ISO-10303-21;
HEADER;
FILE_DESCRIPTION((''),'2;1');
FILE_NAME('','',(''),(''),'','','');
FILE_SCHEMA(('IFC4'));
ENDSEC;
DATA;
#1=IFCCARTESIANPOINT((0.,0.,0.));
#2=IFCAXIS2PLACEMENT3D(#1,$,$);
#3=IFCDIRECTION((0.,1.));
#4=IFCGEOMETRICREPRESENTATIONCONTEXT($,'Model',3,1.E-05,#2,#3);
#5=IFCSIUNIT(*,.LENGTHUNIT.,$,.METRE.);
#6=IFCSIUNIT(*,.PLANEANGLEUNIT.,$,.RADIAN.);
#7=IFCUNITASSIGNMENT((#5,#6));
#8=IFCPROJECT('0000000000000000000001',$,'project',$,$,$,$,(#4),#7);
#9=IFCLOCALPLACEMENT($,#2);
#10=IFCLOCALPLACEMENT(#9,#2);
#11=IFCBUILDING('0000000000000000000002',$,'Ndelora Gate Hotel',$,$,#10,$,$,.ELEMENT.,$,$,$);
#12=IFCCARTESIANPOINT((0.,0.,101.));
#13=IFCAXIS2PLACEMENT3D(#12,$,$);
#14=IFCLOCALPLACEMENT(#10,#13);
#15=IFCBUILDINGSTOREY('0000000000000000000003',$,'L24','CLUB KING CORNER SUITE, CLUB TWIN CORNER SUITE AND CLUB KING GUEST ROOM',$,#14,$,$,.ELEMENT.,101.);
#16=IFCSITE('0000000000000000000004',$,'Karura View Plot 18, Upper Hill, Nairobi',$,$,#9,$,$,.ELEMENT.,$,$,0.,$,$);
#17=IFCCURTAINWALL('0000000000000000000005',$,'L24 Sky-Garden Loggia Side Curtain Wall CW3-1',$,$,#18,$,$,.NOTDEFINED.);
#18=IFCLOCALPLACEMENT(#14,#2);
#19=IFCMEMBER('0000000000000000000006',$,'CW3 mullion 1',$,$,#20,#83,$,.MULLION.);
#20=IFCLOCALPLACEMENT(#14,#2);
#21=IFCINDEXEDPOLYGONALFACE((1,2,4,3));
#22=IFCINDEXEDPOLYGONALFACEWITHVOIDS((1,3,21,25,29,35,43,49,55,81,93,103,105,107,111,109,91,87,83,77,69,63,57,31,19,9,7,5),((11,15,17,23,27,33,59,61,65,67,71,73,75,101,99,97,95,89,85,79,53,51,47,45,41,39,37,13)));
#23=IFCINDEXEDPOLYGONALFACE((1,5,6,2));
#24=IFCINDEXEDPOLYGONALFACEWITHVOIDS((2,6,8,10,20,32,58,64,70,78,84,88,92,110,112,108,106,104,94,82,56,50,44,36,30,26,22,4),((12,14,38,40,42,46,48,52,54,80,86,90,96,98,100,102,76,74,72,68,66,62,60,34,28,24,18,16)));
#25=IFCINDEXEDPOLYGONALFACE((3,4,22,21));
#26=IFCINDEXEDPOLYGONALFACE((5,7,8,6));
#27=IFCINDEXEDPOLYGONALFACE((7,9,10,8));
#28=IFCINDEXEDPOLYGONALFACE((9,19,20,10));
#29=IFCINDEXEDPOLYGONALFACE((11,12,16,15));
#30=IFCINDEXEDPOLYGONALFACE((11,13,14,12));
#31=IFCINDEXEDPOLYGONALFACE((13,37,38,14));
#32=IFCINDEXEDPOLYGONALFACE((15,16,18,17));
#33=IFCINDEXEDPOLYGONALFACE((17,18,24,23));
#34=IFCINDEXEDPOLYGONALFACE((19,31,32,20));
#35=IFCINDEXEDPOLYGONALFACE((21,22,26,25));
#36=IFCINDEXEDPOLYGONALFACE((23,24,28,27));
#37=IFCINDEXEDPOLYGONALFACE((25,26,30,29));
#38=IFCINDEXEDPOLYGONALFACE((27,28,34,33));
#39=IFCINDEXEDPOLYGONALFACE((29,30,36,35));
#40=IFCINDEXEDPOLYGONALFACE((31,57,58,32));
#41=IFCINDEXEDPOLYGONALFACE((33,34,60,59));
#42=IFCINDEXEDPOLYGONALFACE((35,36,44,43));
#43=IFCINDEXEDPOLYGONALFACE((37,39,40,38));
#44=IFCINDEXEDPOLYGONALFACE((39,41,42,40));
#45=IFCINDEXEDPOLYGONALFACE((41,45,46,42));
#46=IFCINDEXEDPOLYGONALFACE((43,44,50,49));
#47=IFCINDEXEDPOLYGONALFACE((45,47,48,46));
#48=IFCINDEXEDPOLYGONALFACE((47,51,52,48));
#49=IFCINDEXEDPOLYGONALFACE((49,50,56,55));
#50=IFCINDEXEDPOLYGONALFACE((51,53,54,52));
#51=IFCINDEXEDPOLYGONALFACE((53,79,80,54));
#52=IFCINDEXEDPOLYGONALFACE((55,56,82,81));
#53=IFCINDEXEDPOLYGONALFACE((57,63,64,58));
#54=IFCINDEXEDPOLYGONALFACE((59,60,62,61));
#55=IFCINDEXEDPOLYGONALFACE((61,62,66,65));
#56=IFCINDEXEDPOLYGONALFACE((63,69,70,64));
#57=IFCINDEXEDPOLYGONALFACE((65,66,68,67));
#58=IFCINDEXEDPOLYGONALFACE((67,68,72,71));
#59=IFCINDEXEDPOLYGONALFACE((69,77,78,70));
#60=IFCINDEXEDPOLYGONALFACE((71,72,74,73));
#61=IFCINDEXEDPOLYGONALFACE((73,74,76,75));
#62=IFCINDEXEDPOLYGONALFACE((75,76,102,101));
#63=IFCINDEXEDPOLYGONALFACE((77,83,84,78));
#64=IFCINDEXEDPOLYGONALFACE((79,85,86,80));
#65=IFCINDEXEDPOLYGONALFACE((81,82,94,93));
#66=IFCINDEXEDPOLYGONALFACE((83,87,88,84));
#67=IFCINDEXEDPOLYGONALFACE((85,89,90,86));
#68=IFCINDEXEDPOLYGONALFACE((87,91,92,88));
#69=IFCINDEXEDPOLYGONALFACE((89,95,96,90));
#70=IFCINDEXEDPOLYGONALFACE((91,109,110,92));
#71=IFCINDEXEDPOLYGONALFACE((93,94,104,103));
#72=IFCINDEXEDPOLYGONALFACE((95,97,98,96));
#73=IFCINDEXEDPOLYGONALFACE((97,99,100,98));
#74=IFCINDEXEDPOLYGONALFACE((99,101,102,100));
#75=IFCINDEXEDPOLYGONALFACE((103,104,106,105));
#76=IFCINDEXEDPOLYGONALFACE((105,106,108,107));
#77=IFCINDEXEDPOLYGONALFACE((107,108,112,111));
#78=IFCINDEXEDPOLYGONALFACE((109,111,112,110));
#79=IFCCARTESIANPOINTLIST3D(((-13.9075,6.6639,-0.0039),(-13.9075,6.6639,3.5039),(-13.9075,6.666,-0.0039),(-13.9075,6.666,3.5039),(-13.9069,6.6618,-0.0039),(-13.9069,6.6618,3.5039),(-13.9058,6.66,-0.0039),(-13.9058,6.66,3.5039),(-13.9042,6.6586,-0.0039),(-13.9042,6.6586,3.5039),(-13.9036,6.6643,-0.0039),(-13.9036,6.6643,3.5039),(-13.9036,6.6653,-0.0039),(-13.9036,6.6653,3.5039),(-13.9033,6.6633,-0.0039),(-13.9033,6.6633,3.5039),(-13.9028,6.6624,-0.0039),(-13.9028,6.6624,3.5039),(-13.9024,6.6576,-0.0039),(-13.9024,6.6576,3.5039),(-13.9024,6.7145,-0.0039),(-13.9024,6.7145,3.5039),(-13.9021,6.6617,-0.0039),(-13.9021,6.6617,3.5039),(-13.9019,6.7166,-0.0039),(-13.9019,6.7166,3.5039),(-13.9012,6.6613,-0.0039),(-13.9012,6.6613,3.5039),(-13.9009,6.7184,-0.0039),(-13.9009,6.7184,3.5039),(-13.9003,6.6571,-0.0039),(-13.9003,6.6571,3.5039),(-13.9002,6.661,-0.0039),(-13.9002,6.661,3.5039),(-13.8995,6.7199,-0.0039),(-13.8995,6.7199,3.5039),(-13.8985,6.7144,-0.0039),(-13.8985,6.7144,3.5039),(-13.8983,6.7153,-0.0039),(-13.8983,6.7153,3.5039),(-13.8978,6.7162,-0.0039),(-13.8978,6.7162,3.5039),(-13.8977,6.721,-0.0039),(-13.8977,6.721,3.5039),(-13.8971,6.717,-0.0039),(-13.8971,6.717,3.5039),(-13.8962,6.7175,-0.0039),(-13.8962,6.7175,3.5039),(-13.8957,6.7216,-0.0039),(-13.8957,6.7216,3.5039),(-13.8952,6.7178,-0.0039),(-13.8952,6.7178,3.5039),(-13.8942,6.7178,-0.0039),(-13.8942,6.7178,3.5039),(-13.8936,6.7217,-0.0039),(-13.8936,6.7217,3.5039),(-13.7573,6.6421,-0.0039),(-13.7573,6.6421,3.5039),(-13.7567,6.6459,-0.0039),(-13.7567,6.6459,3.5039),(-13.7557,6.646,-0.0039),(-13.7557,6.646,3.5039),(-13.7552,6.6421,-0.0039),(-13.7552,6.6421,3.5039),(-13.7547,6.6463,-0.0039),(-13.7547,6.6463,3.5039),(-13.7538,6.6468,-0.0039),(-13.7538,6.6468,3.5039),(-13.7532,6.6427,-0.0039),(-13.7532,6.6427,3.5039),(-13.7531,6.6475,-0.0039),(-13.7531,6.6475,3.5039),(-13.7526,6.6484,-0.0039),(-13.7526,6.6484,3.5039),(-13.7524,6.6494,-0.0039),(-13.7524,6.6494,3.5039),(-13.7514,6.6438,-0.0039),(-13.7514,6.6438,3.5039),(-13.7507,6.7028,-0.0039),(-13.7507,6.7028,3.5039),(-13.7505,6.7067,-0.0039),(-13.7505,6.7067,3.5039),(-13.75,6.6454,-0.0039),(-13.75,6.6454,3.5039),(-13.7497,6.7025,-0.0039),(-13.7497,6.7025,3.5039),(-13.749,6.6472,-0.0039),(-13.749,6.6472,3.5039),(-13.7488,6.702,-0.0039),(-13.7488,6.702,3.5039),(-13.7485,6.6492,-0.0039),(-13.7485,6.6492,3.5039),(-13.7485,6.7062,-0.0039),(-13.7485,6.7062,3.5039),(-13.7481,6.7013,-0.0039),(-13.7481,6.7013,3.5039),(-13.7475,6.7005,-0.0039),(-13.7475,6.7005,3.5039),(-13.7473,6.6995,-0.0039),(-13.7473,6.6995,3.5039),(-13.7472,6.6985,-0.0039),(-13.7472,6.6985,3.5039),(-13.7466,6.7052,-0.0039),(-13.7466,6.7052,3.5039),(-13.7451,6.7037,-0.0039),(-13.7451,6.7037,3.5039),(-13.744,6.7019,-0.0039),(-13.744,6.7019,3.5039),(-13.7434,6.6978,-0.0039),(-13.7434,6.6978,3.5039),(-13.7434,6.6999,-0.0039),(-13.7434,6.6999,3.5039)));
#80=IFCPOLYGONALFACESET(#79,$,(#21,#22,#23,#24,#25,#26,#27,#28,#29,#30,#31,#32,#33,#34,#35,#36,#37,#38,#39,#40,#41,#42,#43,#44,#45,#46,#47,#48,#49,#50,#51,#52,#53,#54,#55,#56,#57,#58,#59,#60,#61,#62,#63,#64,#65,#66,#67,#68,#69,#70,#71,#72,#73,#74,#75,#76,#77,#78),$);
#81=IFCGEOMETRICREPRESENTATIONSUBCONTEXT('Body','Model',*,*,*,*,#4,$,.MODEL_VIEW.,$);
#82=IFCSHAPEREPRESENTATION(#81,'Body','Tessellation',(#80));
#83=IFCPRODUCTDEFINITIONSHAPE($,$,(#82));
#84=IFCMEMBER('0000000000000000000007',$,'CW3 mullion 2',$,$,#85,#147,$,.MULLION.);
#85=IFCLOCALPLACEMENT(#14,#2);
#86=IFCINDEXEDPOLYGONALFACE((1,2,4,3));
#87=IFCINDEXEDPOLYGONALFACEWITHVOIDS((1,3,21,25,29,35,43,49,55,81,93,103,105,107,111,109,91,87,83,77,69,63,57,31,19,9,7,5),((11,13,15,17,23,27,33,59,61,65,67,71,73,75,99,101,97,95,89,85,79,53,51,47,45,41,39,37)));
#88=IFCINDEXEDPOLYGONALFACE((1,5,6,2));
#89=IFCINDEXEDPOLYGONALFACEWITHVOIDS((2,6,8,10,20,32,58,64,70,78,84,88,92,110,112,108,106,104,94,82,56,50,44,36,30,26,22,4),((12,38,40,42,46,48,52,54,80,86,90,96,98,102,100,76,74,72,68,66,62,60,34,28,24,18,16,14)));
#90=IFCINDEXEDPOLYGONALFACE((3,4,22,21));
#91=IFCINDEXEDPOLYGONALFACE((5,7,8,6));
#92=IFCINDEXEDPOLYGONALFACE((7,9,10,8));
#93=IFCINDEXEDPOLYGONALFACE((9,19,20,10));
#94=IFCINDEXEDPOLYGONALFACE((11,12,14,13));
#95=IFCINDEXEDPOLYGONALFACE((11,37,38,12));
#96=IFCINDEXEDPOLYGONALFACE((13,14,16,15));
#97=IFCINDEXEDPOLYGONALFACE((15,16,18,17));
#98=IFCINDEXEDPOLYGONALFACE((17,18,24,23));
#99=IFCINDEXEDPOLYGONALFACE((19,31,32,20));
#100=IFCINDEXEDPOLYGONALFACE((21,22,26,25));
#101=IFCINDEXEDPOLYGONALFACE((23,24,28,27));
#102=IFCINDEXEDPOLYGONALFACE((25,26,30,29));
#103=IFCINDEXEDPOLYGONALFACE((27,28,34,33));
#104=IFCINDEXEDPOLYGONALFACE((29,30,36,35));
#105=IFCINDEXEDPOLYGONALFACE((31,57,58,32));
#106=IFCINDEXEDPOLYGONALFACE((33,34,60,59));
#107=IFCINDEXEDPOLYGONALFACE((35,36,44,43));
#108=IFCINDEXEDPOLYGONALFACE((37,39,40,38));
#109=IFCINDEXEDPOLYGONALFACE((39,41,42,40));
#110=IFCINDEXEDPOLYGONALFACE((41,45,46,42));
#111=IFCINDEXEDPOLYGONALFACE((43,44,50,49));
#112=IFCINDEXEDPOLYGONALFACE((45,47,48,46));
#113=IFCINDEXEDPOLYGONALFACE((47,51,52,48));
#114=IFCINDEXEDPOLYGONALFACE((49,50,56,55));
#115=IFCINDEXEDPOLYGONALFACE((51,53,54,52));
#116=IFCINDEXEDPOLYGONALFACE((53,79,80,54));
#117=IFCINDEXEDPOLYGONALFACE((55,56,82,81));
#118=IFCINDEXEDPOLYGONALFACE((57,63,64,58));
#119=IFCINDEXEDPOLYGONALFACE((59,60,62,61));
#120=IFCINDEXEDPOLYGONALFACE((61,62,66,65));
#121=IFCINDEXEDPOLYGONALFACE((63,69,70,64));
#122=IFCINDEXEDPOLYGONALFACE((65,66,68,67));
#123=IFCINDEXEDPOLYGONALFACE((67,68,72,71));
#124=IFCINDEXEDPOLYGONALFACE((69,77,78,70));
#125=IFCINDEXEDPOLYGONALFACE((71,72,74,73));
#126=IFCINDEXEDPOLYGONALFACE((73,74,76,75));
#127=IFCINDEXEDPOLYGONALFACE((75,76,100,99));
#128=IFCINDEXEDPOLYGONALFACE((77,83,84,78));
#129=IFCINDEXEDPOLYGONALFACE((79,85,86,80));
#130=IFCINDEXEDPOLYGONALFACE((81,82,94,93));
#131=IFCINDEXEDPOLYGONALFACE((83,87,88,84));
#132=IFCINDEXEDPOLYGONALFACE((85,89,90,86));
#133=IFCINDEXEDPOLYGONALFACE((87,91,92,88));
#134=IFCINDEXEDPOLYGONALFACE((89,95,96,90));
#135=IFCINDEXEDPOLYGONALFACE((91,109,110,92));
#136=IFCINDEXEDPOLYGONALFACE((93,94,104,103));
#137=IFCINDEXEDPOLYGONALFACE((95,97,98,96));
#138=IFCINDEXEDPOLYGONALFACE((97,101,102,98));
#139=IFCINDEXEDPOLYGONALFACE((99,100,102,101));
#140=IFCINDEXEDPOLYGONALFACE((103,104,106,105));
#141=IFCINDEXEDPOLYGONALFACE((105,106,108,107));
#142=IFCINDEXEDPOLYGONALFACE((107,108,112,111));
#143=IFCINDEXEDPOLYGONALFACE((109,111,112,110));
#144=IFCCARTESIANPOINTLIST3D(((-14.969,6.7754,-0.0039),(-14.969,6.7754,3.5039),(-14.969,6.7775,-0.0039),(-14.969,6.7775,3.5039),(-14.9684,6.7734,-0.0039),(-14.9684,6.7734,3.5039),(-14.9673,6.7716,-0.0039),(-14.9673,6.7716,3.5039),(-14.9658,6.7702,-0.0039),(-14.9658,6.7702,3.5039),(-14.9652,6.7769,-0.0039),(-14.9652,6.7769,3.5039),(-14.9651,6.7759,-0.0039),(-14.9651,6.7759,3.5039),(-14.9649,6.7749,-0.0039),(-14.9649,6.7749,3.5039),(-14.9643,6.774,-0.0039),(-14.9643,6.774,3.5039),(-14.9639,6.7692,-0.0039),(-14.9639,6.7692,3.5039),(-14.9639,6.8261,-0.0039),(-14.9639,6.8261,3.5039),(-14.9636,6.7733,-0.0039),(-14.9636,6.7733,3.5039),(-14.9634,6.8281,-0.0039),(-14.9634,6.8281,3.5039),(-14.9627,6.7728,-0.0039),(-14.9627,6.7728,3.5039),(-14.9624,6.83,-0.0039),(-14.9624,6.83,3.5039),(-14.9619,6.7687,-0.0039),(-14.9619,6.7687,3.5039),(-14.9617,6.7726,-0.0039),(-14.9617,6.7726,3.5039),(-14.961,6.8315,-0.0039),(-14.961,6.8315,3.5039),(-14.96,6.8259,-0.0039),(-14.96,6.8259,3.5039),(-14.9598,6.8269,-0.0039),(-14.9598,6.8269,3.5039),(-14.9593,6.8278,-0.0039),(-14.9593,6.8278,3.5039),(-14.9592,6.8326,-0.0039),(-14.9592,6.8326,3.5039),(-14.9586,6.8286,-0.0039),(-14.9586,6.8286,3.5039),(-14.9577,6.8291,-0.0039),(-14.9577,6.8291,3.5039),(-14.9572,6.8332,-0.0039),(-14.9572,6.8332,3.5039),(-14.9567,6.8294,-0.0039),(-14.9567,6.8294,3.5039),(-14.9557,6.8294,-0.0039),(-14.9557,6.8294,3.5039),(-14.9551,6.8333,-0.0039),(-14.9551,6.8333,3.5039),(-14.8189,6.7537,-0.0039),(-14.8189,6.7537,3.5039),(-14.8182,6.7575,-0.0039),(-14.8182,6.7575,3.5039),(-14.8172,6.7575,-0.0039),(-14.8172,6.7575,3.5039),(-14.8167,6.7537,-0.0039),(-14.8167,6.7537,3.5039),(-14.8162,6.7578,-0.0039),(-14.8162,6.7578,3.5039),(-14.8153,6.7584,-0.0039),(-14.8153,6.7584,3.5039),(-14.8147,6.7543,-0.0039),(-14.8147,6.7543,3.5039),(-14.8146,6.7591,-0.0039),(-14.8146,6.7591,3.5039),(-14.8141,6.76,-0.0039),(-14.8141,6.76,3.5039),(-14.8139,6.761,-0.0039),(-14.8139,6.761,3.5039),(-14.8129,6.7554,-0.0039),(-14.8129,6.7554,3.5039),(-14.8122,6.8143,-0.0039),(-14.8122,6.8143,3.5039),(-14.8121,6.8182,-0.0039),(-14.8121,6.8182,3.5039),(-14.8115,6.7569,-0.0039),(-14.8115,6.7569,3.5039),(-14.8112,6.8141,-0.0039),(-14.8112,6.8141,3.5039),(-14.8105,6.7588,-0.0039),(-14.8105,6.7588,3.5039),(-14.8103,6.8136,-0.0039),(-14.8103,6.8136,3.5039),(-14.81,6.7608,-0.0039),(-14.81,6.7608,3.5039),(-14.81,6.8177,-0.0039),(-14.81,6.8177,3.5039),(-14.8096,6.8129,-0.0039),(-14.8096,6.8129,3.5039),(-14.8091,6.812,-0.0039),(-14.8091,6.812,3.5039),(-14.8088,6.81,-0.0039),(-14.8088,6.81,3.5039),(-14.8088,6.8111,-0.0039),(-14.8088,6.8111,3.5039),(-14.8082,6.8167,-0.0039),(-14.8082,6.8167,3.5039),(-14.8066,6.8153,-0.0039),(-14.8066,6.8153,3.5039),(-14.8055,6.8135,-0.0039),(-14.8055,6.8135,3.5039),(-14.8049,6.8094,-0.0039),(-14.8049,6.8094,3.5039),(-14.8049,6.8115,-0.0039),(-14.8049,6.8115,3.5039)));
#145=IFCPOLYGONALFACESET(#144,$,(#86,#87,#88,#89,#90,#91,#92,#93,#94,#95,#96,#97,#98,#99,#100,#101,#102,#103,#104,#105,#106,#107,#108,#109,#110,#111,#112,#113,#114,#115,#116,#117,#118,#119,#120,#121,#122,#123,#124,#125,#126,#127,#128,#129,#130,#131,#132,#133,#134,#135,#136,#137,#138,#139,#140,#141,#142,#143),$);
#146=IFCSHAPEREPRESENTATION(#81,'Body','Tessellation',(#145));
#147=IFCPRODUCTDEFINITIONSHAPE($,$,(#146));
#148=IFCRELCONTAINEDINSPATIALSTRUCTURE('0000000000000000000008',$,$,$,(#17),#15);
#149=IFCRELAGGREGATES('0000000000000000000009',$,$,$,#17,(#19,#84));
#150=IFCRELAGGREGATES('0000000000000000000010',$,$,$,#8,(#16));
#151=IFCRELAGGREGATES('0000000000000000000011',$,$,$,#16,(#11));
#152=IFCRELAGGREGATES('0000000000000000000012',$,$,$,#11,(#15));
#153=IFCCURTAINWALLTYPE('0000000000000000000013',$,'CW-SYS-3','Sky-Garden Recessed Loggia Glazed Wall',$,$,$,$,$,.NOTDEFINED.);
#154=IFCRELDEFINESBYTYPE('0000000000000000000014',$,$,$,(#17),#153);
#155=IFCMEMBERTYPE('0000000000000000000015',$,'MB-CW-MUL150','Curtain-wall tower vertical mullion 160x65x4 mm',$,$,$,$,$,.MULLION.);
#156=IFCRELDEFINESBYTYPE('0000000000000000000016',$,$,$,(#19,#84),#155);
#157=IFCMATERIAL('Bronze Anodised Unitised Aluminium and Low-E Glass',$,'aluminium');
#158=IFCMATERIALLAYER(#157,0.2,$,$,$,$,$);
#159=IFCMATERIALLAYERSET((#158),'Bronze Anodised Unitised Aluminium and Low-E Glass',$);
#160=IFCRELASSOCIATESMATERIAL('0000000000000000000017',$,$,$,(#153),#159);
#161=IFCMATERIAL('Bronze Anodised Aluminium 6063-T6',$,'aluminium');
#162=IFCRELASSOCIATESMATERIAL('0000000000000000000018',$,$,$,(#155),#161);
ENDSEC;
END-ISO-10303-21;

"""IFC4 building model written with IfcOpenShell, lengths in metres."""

from ifc_helpers import new_model, si_unit, direction, frame, origin, origin_2d, place, context, subcontext, project, spatial, hollow_rectangle, extrude, material, layer, layer_set, material_profile, profile_set, type_object, element, aggregate, save


model = new_model("IFC4")

# Units and contexts
model_context = context("Model", 3, precision=1e-05, world=origin(), true_north=direction((0.0, 1.0)))
body_context = subcontext(model_context, "Body", "Model", "MODEL_VIEW")
ifc_project = project(units=[si_unit("LENGTHUNIT", "METRE"), si_unit("PLANEANGLEUNIT", "RADIAN")], contexts=[model_context])

# Site, building, storey
site_placement = place(None, origin())
site = spatial("IfcSite", under=ifc_project, at=site_placement, Name="Karura View Plot 18, Upper Hill, Nairobi", CompositionType="ELEMENT", RefElevation=0.0)
building_placement = place(site_placement, origin())
building = spatial("IfcBuilding", under=site, at=building_placement, Name="Ndelora Gate Hotel", CompositionType="ELEMENT")
storey_placement = place(building_placement, frame((0.0, 0.0, 101.0)))
storey = spatial("IfcBuildingStorey", under=building, at=storey_placement, Name="L24", Description="CLUB KING CORNER SUITE, CLUB TWIN CORNER SUITE AND CLUB KING GUEST ROOM", CompositionType="ELEMENT", Elevation=101.0)

# Curtain wall, members
ifc_material_1 = material(Name="Bronze Anodised Unitised Aluminium and Low-E Glass", Category="aluminium")
ifc_layer_1 = layer(ifc_material_1, 0.2)
ifc_layer_set_1 = layer_set([ifc_layer_1], Name="Bronze Anodised Unitised Aluminium and Low-E Glass")
curtain_wall_type = type_object("IfcCurtainWallType", Name="CW-SYS-3", Description="Sky-Garden Recessed Loggia Glazed Wall", PredefinedType="NOTDEFINED", material=ifc_layer_set_1)
curtain_wall_placement = place(storey_placement, origin())
curtain_wall = element("IfcCurtainWall", 1, at=curtain_wall_placement, inside=storey, type_object=curtain_wall_type, Name="L24 Sky-Garden Loggia Side Curtain Wall CW3-1", PredefinedType="NOTDEFINED")
ifc_material_2 = material(Name="Bronze Anodised Aluminium 6063-T6", Category="aluminium")
ifc_material_profile_1 = material_profile(ifc_material_2, hollow_rectangle(XDim=0.0649, YDim=0.1599, WallThickness=0.0039, InnerFilletRadius=0.0039, OuterFilletRadius=0.0081, at=origin_2d()), Name="ALU 160x65x4")
ifc_profile_set_1 = profile_set([ifc_material_profile_1], Name="Bronze Anodised Aluminium 6063-T6")
member_type_1 = type_object("IfcMemberType", Name="MB-CW-MUL150", Description="Curtain-wall tower vertical mullion 160x65x4 mm", PredefinedType="MULLION", material=ifc_profile_set_1)
member_1_placement = place(storey_placement, frame((-13.8254, 6.6819, -0.0039), z_axis=(0.0, 0.0, 1.0), x_axis=(-0.104503, -0.994525, 0.0)))
member_1 = element("IfcMember", 2, at=member_1_placement, type_object=member_type_1, Name="CW3 mullion 1", PredefinedType="MULLION", context=body_context, shape_type="SweptSolid", body=[
    extrude(hollow_rectangle(XDim=0.0649, YDim=0.1599, WallThickness=0.0039, InnerFilletRadius=0.0039, OuterFilletRadius=0.0081, at=origin_2d()), origin(), (0.0, 0.0, 1.0), 3.5078),
])
member_2_placement = place(storey_placement, frame((-14.887, 6.7935, -0.0039), z_axis=(0.0, 0.0, 1.0), x_axis=(-0.104503, -0.994525, 0.0)))
member_2 = element("IfcMember", 3, at=member_2_placement, type_object=member_type_1, Name="CW3 mullion 2", PredefinedType="MULLION", context=body_context, shape_type="SweptSolid", body=[
    extrude(hollow_rectangle(XDim=0.0649, YDim=0.1599, WallThickness=0.0039, InnerFilletRadius=0.0039, OuterFilletRadius=0.0081, at=origin_2d()), origin(), (0.0, 0.0, 1.0), 3.5078),
])
aggregate(curtain_wall, [member_1, member_2])

save(model, "model.ifc")
